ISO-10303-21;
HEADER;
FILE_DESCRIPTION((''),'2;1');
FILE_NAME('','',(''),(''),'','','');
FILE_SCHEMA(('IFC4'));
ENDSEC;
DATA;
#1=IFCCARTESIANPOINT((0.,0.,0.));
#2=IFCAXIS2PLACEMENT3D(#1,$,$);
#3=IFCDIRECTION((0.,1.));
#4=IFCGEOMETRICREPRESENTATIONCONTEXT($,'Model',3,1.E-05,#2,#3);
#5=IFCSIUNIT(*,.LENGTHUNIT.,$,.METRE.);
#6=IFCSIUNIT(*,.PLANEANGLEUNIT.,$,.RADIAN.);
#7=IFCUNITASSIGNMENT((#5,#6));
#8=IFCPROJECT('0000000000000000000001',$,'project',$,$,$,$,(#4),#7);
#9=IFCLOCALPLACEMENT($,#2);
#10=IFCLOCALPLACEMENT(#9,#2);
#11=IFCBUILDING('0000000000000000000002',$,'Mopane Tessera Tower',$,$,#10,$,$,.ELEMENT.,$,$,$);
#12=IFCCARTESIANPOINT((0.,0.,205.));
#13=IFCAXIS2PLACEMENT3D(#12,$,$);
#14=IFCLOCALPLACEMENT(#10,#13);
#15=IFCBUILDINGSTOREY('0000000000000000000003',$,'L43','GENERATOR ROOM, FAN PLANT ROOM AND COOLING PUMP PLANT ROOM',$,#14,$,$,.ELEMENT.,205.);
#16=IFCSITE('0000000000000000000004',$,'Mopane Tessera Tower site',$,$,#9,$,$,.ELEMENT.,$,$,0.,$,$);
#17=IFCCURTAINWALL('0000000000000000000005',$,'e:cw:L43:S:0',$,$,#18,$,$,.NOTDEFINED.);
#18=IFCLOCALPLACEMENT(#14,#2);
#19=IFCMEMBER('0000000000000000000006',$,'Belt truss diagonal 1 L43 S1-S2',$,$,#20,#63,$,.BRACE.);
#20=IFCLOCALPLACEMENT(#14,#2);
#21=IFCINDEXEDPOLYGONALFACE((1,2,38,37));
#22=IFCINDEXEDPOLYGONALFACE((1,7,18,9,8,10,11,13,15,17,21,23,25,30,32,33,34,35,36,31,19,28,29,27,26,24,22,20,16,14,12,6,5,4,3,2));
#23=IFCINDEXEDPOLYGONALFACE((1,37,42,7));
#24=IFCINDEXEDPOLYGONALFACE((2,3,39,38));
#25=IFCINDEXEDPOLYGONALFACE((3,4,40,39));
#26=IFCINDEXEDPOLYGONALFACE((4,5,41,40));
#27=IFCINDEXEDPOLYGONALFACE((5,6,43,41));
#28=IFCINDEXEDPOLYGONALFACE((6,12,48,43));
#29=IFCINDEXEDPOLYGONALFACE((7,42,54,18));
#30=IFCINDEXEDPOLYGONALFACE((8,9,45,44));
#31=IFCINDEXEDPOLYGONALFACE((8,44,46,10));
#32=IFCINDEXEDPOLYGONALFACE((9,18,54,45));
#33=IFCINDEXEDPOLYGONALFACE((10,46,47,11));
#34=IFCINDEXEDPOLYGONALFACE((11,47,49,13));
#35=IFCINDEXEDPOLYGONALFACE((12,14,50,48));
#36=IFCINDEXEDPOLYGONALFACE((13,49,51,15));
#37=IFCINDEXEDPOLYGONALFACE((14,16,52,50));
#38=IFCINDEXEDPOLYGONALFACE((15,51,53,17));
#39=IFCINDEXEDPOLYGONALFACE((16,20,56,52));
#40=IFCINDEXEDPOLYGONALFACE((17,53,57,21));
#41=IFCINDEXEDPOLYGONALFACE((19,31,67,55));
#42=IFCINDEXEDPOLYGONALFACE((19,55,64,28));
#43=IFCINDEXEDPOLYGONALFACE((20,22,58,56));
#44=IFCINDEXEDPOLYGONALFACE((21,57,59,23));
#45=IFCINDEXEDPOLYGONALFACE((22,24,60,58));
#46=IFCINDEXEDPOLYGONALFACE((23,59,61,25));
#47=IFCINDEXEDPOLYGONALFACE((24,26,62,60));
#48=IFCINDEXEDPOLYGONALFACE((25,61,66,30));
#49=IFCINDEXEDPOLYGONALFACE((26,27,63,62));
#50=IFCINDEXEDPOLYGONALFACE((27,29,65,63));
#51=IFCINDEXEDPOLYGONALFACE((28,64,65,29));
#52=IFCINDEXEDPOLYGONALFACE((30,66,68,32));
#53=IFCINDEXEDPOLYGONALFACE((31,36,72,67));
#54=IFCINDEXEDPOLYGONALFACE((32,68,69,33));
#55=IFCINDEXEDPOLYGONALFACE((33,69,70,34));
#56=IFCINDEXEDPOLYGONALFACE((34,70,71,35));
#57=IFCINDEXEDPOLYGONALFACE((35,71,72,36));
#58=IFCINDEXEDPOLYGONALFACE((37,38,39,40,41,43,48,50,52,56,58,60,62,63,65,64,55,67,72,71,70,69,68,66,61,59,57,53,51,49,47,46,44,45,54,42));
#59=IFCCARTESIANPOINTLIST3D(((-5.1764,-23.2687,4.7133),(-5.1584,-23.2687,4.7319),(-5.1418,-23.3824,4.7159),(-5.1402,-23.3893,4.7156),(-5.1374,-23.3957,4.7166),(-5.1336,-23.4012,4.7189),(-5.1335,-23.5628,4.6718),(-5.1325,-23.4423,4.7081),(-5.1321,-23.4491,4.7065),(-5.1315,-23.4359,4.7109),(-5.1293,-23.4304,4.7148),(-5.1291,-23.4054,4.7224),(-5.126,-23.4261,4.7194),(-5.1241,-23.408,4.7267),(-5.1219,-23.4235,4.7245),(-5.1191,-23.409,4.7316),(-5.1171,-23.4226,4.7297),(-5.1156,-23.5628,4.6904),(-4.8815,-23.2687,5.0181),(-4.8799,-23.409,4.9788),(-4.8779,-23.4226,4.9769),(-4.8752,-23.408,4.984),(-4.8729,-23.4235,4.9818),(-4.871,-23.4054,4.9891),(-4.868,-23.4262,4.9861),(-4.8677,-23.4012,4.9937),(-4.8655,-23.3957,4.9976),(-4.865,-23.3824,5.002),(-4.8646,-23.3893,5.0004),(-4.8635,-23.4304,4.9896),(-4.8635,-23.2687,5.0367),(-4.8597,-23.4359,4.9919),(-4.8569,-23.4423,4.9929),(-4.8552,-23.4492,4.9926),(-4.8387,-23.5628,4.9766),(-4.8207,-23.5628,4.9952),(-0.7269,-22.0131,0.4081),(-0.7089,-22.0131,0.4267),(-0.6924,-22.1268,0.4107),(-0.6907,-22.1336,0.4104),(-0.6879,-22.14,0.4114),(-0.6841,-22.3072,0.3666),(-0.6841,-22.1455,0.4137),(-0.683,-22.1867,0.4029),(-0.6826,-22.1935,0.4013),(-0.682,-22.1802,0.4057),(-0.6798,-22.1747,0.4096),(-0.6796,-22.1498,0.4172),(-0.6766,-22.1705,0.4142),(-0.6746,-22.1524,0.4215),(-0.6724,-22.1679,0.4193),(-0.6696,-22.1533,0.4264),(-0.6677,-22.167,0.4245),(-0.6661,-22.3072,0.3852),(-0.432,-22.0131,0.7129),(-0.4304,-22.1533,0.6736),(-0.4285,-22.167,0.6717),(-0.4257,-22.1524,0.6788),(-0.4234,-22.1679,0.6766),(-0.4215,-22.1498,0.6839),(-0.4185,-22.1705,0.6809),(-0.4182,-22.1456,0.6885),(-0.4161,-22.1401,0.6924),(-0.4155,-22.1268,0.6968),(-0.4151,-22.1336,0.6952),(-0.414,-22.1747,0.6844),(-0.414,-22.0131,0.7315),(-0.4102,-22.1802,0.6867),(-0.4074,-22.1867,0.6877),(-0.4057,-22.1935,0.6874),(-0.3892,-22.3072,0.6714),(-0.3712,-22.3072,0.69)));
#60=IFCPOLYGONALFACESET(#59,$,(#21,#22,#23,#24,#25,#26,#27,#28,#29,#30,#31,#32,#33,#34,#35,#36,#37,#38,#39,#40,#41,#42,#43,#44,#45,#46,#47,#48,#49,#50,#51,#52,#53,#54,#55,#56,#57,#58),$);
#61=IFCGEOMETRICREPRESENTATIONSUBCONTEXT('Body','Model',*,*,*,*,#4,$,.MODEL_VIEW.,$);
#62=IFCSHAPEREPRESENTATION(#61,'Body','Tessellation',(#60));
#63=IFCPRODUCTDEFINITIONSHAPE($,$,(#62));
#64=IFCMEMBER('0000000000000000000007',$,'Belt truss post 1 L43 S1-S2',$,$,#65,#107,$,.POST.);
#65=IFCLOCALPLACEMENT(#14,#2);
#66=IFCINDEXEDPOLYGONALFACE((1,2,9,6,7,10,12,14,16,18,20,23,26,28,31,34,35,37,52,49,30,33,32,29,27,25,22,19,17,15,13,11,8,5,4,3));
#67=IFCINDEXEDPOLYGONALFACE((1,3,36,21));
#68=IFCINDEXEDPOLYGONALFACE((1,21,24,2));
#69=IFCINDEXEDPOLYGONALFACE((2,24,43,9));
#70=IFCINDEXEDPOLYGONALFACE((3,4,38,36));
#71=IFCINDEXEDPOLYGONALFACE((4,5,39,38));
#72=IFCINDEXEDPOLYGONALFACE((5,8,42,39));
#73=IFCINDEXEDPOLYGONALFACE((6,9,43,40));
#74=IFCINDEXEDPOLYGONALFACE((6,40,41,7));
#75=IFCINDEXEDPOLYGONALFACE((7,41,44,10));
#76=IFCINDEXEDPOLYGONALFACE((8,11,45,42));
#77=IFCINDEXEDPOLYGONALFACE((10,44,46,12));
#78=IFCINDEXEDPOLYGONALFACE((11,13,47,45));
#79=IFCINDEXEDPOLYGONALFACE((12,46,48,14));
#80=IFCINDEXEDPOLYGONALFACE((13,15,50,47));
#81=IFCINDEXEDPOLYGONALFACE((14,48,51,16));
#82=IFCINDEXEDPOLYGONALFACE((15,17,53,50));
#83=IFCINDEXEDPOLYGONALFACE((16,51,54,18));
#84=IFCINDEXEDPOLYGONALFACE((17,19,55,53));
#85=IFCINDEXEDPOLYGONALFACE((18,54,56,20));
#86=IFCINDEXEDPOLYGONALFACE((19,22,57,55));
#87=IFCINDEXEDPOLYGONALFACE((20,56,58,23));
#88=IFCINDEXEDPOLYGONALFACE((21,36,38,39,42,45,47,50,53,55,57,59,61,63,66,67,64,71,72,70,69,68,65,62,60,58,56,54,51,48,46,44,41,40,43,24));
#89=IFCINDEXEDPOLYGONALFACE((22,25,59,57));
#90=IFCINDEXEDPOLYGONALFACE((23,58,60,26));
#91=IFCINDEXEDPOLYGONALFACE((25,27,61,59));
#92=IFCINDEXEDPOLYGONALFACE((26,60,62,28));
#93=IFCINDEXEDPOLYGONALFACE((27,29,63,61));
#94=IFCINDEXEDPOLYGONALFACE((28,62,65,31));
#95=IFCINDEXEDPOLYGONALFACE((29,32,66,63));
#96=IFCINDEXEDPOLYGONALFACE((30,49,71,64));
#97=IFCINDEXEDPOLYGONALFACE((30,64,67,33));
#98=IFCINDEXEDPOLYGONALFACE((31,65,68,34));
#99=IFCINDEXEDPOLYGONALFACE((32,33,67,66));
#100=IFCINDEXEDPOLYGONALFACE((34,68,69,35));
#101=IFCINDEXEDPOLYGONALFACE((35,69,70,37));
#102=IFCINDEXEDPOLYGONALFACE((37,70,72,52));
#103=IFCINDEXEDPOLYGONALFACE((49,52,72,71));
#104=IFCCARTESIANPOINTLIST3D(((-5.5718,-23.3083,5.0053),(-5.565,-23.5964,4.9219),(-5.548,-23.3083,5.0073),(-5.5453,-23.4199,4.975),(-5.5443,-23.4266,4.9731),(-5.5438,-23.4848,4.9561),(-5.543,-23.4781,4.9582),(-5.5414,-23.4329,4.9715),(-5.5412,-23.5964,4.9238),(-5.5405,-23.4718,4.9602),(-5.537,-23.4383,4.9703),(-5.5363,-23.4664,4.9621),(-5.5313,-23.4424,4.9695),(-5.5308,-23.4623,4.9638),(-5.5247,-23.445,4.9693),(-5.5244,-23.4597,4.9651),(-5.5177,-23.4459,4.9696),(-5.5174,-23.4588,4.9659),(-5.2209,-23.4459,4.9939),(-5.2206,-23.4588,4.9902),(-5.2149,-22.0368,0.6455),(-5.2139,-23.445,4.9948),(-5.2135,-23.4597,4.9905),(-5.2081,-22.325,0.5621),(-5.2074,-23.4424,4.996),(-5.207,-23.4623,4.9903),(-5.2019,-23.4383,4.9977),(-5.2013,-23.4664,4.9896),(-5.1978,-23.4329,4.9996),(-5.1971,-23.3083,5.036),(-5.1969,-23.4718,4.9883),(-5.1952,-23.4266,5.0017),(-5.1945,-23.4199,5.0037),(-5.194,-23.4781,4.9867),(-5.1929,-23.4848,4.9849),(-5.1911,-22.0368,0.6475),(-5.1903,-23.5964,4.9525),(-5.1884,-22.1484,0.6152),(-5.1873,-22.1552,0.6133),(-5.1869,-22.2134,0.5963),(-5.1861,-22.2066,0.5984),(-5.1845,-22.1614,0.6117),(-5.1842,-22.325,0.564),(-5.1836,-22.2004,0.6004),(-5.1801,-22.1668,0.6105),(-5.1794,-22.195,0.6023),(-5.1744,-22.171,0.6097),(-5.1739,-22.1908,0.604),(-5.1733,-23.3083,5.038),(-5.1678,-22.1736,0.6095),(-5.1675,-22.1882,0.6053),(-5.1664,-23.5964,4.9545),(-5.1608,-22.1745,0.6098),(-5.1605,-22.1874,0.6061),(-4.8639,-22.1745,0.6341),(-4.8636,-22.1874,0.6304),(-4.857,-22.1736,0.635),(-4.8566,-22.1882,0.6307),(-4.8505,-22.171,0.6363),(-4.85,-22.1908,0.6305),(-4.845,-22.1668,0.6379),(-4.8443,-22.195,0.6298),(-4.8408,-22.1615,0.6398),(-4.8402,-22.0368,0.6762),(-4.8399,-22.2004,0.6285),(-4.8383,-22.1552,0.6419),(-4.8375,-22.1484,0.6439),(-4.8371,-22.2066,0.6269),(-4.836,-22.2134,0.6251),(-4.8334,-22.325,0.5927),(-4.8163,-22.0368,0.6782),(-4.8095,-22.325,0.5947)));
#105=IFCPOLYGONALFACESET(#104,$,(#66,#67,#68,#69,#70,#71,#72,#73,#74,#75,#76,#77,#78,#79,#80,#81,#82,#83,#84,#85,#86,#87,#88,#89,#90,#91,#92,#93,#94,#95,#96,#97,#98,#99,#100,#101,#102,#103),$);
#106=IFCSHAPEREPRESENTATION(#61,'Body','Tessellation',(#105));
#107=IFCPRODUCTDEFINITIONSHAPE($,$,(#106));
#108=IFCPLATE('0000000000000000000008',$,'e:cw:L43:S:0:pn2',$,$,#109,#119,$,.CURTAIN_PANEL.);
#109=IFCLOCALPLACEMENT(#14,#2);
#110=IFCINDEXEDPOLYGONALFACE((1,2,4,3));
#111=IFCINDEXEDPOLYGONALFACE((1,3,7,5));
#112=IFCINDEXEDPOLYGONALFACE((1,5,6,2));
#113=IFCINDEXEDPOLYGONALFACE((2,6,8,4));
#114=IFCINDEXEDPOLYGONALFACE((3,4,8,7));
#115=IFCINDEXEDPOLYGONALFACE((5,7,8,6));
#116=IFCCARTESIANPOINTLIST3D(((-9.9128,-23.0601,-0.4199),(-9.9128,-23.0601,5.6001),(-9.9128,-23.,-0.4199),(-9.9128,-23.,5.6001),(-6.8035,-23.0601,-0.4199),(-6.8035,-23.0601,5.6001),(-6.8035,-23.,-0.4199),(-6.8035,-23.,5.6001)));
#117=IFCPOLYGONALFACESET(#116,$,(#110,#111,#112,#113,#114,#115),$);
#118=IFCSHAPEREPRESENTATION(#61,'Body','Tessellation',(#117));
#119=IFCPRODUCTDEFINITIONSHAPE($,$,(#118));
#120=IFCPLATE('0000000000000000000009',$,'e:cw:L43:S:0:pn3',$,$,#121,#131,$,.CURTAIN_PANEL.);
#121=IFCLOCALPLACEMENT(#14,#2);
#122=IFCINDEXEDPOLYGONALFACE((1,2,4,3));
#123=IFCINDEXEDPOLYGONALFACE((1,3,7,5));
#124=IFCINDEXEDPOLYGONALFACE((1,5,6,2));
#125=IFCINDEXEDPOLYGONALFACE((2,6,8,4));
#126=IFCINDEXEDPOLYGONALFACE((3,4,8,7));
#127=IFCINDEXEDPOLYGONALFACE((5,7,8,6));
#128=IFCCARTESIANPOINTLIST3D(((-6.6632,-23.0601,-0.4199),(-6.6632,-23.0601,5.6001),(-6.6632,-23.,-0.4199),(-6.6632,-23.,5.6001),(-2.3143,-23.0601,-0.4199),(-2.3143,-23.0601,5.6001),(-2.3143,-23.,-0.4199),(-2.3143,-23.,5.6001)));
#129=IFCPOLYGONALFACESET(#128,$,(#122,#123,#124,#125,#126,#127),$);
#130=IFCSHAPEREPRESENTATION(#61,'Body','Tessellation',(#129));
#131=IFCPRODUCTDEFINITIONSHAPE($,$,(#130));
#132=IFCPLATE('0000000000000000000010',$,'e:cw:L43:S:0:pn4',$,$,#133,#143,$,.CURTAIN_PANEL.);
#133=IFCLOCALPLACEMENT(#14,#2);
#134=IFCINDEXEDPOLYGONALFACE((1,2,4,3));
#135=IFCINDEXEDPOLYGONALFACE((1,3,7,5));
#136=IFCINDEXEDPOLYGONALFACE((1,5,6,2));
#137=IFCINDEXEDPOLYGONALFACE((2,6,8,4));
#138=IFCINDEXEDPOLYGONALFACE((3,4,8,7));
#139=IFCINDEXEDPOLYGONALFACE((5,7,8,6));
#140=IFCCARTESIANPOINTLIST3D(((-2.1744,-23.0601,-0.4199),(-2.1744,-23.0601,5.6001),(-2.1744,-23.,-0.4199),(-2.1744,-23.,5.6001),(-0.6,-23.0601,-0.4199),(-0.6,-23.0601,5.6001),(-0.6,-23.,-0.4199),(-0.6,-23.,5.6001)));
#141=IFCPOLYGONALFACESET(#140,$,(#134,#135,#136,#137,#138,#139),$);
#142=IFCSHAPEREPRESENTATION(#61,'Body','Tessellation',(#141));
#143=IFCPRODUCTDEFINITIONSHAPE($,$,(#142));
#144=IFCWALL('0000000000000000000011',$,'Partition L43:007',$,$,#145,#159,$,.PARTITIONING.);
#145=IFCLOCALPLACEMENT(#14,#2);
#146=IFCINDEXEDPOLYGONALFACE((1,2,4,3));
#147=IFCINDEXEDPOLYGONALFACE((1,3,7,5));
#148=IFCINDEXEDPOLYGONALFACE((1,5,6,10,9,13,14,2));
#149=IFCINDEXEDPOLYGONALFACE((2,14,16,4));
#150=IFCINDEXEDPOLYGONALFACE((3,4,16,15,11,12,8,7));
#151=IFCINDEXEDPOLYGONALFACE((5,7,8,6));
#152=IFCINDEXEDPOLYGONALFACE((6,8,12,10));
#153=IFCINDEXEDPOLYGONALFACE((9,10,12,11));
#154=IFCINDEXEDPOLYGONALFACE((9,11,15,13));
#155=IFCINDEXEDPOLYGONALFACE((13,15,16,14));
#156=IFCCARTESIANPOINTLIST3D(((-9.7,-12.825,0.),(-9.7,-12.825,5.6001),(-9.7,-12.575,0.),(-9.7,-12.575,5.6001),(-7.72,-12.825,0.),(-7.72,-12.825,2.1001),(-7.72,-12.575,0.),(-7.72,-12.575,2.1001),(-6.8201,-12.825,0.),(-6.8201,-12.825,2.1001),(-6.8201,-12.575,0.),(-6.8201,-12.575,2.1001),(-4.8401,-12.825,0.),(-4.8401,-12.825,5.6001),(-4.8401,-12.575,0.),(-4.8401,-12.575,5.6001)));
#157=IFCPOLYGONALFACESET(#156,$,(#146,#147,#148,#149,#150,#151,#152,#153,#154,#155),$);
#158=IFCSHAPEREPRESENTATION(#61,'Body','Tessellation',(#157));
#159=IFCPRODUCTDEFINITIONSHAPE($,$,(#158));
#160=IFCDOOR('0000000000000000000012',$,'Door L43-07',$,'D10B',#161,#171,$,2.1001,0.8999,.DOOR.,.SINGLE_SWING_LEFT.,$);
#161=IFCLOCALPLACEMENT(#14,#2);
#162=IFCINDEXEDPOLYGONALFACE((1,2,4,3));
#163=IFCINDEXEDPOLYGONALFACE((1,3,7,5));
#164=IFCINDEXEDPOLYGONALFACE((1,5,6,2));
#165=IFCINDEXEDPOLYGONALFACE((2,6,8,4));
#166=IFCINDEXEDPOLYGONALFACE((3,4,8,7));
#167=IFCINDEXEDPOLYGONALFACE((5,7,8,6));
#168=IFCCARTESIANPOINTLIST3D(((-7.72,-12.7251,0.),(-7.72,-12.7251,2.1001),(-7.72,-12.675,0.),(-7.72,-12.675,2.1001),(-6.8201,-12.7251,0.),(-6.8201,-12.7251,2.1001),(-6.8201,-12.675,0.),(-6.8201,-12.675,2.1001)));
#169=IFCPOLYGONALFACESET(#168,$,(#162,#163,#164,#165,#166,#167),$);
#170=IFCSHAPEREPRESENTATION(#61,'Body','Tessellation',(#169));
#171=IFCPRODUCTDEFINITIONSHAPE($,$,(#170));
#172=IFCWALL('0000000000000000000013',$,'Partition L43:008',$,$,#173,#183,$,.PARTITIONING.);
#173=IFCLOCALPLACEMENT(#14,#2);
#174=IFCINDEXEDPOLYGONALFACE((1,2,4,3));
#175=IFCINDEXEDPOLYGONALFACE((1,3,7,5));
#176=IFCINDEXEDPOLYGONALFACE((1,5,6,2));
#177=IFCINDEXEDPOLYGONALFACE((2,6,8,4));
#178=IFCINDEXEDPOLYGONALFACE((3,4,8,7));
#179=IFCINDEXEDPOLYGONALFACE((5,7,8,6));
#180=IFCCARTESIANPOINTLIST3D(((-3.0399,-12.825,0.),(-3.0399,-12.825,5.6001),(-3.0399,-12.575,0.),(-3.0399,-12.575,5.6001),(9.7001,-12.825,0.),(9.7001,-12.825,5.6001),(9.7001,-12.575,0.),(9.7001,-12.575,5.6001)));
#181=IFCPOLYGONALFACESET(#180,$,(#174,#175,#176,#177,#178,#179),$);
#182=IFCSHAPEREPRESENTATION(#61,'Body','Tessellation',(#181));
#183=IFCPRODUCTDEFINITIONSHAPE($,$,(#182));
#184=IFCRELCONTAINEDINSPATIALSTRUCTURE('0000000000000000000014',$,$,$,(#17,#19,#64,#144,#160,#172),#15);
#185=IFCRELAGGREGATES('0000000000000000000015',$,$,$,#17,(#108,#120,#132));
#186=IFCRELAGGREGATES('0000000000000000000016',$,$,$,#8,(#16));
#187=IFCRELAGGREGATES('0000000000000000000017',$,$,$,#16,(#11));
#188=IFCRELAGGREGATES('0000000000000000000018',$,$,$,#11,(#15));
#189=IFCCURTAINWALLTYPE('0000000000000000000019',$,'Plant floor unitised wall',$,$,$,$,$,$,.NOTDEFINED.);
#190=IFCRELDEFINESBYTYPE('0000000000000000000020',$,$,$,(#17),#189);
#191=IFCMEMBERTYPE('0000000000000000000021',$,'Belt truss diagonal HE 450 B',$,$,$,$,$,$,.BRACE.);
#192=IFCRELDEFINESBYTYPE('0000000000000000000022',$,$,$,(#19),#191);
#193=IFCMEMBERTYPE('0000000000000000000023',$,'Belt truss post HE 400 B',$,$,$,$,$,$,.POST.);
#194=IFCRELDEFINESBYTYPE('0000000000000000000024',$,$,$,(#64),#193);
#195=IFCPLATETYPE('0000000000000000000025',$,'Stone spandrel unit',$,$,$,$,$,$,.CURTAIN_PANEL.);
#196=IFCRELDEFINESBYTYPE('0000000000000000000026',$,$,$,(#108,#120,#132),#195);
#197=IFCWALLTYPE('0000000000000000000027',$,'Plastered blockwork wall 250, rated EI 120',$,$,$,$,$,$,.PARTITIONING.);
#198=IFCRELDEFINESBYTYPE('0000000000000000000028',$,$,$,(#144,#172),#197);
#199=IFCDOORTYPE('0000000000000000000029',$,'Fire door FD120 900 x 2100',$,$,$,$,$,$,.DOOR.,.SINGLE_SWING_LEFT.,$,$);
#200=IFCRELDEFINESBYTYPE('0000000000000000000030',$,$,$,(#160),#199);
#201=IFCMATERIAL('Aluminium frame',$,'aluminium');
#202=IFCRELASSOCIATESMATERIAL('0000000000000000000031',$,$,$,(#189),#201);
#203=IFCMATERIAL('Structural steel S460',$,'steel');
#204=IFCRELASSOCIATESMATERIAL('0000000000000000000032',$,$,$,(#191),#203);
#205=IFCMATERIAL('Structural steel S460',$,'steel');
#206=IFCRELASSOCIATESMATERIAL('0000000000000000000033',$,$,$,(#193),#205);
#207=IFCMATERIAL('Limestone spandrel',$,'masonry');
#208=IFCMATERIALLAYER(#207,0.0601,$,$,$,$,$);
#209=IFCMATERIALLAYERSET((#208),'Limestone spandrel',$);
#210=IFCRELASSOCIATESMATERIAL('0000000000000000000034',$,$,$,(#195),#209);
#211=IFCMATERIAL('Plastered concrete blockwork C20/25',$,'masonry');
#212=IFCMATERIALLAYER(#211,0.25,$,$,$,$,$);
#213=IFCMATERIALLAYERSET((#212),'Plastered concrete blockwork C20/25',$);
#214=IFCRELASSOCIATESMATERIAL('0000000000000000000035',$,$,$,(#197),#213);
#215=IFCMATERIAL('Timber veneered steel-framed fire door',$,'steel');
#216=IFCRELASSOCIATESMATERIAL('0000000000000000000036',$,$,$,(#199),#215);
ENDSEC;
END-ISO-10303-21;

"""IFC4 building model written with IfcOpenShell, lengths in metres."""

from ifc_helpers import new_model, si_unit, direction, frame, frame_2d, origin, origin_2d, place, context, subcontext, project, spatial, rectangle, i_section, extrude, material, layer, layer_set, material_profile, profile_set, type_object, element, fill, aggregate, save


model = new_model("IFC4")

# Units and contexts
model_context = context("Model", 3, precision=1e-05, world=origin(), true_north=direction((0.0, 1.0)))
body_context = subcontext(model_context, "Body", "Model", "MODEL_VIEW")
ifc_project = project(units=[si_unit("LENGTHUNIT", "METRE"), si_unit("PLANEANGLEUNIT", "RADIAN")], contexts=[model_context])

# Site, building, storey
site_placement = place(None, origin())
site = spatial("IfcSite", under=ifc_project, at=site_placement, Name="Mopane Tessera Tower site", CompositionType="ELEMENT", RefElevation=0.0)
building_placement = place(site_placement, origin())
building = spatial("IfcBuilding", under=site, at=building_placement, Name="Mopane Tessera Tower", CompositionType="ELEMENT")
storey_placement = place(building_placement, frame((0.0, 0.0, 205.0)))
storey = spatial("IfcBuildingStorey", under=building, at=storey_placement, Name="L43", Description="GENERATOR ROOM, FAN PLANT ROOM AND COOLING PUMP PLANT ROOM", CompositionType="ELEMENT", Elevation=205.0)

# Curtain wall
ifc_material_1 = material(Name="Aluminium frame", Category="aluminium")
curtain_wall_type = type_object("IfcCurtainWallType", Name="Plant floor unitised wall", PredefinedType="NOTDEFINED", material=ifc_material_1)
curtain_wall_placement = place(storey_placement, origin())
curtain_wall = element("IfcCurtainWall", 1, at=curtain_wall_placement, inside=storey, type_object=curtain_wall_type, Name="e:cw:L43:S:0", PredefinedType="NOTDEFINED")

# Members
ifc_material_2 = material(Name="Structural steel S460", Category="steel")
ifc_material_profile_1 = material_profile(ifc_material_2, i_section(OverallWidth=0.3, OverallDepth=0.45, WebThickness=0.0139, FlangeThickness=0.0259, FilletRadius=0.0271, at=origin_2d()))
ifc_profile_set_1 = profile_set([ifc_material_profile_1], Name="Structural steel S460")
member_type_1 = type_object("IfcMemberType", Name="Belt truss diagonal HE 450 B", PredefinedType="BRACE", material=ifc_profile_set_1)
member_1_placement = place(storey_placement, frame((-4.9985, -23.4158, 4.8542), z_axis=(0.704325, 0.198757, -0.681485), x_axis=(-0.142831, 0.980049, 0.138216)))
element("IfcMember", 2, at=member_1_placement, inside=storey, type_object=member_type_1, Name="Belt truss diagonal 1 L43 S1-S2", PredefinedType="BRACE", context=body_context, shape_type="SweptSolid", body=[
    extrude(i_section(OverallWidth=0.3, OverallDepth=0.45, WebThickness=0.0139, FlangeThickness=0.0259, FilletRadius=0.0271, at=origin_2d()), origin(), (0.0, 0.0, 1.0), 6.3174),
])
ifc_material_3 = material(Name="Structural steel S460", Category="steel")
ifc_material_profile_2 = material_profile(ifc_material_3, i_section(OverallWidth=0.3, OverallDepth=0.3999, WebThickness=0.0134, FlangeThickness=0.0239, FilletRadius=0.0271, at=origin_2d()))
ifc_profile_set_2 = profile_set([ifc_material_profile_2], Name="Structural steel S460")
member_type_2 = type_object("IfcMemberType", Name="Belt truss post HE 400 B", PredefinedType="POST", material=ifc_profile_set_2)
member_2_placement = place(storey_placement, frame((-5.0122, -22.1809, 0.6201), z_axis=(-0.078352, -0.27911, 0.957057), x_axis=(-0.022757, 0.960259, 0.278181)))
element("IfcMember", 3, at=member_2_placement, inside=storey, type_object=member_type_2, Name="Belt truss post 1 L43 S1-S2", PredefinedType="POST", context=body_context, shape_type="SweptSolid", body=[
    extrude(i_section(OverallWidth=0.3, OverallDepth=0.3999, WebThickness=0.0134, FlangeThickness=0.0239, FilletRadius=0.0271, at=origin_2d()), origin(), (0.0, 0.0, 1.0), 4.5554),
])

# Plates
ifc_material_4 = material(Name="Limestone spandrel", Category="masonry")
ifc_layer_1 = layer(ifc_material_4, 0.0601)
ifc_layer_set_1 = layer_set([ifc_layer_1], Name="Limestone spandrel")
plate_type = type_object("IfcPlateType", Name="Stone spandrel unit", PredefinedType="CURTAIN_PANEL", material=ifc_layer_set_1)
plate_1_placement = place(storey_placement, frame((-8.3582, -23.03, -0.4199), z_axis=(0.0, 0.0, 1.0), x_axis=(1.0, 0.0, 0.0)))
plate_1 = element("IfcPlate", 4, at=plate_1_placement, type_object=plate_type, Name="e:cw:L43:S:0:pn2", PredefinedType="CURTAIN_PANEL", context=body_context, shape_type="SweptSolid", body=[
    extrude(rectangle(XDim=3.1094, YDim=0.0601, at=origin_2d()), origin(), (0.0, 0.0, 1.0), 6.02),
])
plate_2_placement = place(storey_placement, frame((-4.4888, -23.03, -0.4199), z_axis=(0.0, 0.0, 1.0), x_axis=(1.0, 0.0, 0.0)))
plate_2 = element("IfcPlate", 5, at=plate_2_placement, type_object=plate_type, Name="e:cw:L43:S:0:pn3", PredefinedType="CURTAIN_PANEL", context=body_context, shape_type="SweptSolid", body=[
    extrude(rectangle(XDim=4.3489, YDim=0.0601, at=origin_2d()), origin(), (0.0, 0.0, 1.0), 6.02),
])
plate_3_placement = place(storey_placement, frame((-1.3872, -23.03, -0.4199), z_axis=(0.0, 0.0, 1.0), x_axis=(1.0, 0.0, 0.0)))
plate_3 = element("IfcPlate", 6, at=plate_3_placement, type_object=plate_type, Name="e:cw:L43:S:0:pn4", PredefinedType="CURTAIN_PANEL", context=body_context, shape_type="SweptSolid", body=[
    extrude(rectangle(XDim=1.5745, YDim=0.0601, at=origin_2d()), origin(), (0.0, 0.0, 1.0), 6.02),
])
aggregate(curtain_wall, [plate_1, plate_2, plate_3])

# Wall, opening, door
ifc_material_5 = material(Name="Plastered concrete blockwork C20/25", Category="masonry")
ifc_layer_2 = layer(ifc_material_5, 0.25)
ifc_layer_set_2 = layer_set([ifc_layer_2], Name="Plastered concrete blockwork C20/25")
wall_type = type_object("IfcWallType", Name="Plastered blockwork wall 250, rated EI 120", PredefinedType="PARTITIONING", material=ifc_layer_set_2)
wall_1_placement = place(storey_placement, frame((-9.7, -12.7, 0.0), z_axis=(0.0, 0.0, 1.0), x_axis=(1.0, 0.0, 0.0)))
wall_1 = element("IfcWall", 7, at=wall_1_placement, inside=storey, type_object=wall_type, Name="Partition L43:007", PredefinedType="PARTITIONING", context=body_context, shape_type="SweptSolid", body=[
    extrude(rectangle(XDim=4.8599, YDim=0.25, at=frame_2d((2.4299, 0.0))), origin(), (0.0, 0.0, 1.0), 5.6001),
])
opening_placement = place(wall_1_placement, frame((1.98, 0.0, 0.0)))
opening = element("IfcOpeningElement", 8, at=opening_placement, cuts=wall_1, PredefinedType="OPENING", context=body_context, shape_type="SweptSolid", body=[
    extrude(rectangle(XDim=0.8999, YDim=2.1001, at=frame_2d((0.45, 1.05))), frame((0.0, 0.137, 0.0), z_axis=(0.0, -1.0, 0.0), x_axis=(1.0, 0.0, 0.0)), (0.0, 0.0, 1.0), 0.2739),
])
ifc_material_6 = material(Name="Timber veneered steel-framed fire door", Category="steel")
door_type = type_object("IfcDoorType", Name="Fire door FD120 900 x 2100", OperationType="SINGLE_SWING_LEFT", PredefinedType="DOOR", material=ifc_material_6)
door_placement = place(opening_placement, origin())
door = element("IfcDoor", 9, at=door_placement, inside=storey, type_object=door_type, Name="Door L43-07", ObjectType="D10B", OperationType="SINGLE_SWING_LEFT", OverallHeight=2.1001, OverallWidth=0.8999, PredefinedType="DOOR", context=body_context, shape_type="SweptSolid", body=[
    extrude(rectangle(XDim=0.8999, YDim=2.1001, at=frame_2d((0.45, 1.05))), frame((0.0, 0.0249, 0.0), z_axis=(0.0, -1.0, 0.0), x_axis=(1.0, 0.0, 0.0)), (0.0, 0.0, 1.0), 0.05),
])
fill(opening, door)

# Wall
wall_2_placement = place(storey_placement, frame((-3.04, -12.7, 0.0), z_axis=(0.0, 0.0, 1.0), x_axis=(1.0, 0.0, 0.0)))
element("IfcWall", 10, at=wall_2_placement, inside=storey, type_object=wall_type, Name="Partition L43:008", PredefinedType="PARTITIONING", context=body_context, shape_type="SweptSolid", body=[
    extrude(rectangle(XDim=12.74, YDim=0.25, at=frame_2d((6.3701, 0.0))), origin(), (0.0, 0.0, 1.0), 5.6001),
])

save(model, "model.ifc")
